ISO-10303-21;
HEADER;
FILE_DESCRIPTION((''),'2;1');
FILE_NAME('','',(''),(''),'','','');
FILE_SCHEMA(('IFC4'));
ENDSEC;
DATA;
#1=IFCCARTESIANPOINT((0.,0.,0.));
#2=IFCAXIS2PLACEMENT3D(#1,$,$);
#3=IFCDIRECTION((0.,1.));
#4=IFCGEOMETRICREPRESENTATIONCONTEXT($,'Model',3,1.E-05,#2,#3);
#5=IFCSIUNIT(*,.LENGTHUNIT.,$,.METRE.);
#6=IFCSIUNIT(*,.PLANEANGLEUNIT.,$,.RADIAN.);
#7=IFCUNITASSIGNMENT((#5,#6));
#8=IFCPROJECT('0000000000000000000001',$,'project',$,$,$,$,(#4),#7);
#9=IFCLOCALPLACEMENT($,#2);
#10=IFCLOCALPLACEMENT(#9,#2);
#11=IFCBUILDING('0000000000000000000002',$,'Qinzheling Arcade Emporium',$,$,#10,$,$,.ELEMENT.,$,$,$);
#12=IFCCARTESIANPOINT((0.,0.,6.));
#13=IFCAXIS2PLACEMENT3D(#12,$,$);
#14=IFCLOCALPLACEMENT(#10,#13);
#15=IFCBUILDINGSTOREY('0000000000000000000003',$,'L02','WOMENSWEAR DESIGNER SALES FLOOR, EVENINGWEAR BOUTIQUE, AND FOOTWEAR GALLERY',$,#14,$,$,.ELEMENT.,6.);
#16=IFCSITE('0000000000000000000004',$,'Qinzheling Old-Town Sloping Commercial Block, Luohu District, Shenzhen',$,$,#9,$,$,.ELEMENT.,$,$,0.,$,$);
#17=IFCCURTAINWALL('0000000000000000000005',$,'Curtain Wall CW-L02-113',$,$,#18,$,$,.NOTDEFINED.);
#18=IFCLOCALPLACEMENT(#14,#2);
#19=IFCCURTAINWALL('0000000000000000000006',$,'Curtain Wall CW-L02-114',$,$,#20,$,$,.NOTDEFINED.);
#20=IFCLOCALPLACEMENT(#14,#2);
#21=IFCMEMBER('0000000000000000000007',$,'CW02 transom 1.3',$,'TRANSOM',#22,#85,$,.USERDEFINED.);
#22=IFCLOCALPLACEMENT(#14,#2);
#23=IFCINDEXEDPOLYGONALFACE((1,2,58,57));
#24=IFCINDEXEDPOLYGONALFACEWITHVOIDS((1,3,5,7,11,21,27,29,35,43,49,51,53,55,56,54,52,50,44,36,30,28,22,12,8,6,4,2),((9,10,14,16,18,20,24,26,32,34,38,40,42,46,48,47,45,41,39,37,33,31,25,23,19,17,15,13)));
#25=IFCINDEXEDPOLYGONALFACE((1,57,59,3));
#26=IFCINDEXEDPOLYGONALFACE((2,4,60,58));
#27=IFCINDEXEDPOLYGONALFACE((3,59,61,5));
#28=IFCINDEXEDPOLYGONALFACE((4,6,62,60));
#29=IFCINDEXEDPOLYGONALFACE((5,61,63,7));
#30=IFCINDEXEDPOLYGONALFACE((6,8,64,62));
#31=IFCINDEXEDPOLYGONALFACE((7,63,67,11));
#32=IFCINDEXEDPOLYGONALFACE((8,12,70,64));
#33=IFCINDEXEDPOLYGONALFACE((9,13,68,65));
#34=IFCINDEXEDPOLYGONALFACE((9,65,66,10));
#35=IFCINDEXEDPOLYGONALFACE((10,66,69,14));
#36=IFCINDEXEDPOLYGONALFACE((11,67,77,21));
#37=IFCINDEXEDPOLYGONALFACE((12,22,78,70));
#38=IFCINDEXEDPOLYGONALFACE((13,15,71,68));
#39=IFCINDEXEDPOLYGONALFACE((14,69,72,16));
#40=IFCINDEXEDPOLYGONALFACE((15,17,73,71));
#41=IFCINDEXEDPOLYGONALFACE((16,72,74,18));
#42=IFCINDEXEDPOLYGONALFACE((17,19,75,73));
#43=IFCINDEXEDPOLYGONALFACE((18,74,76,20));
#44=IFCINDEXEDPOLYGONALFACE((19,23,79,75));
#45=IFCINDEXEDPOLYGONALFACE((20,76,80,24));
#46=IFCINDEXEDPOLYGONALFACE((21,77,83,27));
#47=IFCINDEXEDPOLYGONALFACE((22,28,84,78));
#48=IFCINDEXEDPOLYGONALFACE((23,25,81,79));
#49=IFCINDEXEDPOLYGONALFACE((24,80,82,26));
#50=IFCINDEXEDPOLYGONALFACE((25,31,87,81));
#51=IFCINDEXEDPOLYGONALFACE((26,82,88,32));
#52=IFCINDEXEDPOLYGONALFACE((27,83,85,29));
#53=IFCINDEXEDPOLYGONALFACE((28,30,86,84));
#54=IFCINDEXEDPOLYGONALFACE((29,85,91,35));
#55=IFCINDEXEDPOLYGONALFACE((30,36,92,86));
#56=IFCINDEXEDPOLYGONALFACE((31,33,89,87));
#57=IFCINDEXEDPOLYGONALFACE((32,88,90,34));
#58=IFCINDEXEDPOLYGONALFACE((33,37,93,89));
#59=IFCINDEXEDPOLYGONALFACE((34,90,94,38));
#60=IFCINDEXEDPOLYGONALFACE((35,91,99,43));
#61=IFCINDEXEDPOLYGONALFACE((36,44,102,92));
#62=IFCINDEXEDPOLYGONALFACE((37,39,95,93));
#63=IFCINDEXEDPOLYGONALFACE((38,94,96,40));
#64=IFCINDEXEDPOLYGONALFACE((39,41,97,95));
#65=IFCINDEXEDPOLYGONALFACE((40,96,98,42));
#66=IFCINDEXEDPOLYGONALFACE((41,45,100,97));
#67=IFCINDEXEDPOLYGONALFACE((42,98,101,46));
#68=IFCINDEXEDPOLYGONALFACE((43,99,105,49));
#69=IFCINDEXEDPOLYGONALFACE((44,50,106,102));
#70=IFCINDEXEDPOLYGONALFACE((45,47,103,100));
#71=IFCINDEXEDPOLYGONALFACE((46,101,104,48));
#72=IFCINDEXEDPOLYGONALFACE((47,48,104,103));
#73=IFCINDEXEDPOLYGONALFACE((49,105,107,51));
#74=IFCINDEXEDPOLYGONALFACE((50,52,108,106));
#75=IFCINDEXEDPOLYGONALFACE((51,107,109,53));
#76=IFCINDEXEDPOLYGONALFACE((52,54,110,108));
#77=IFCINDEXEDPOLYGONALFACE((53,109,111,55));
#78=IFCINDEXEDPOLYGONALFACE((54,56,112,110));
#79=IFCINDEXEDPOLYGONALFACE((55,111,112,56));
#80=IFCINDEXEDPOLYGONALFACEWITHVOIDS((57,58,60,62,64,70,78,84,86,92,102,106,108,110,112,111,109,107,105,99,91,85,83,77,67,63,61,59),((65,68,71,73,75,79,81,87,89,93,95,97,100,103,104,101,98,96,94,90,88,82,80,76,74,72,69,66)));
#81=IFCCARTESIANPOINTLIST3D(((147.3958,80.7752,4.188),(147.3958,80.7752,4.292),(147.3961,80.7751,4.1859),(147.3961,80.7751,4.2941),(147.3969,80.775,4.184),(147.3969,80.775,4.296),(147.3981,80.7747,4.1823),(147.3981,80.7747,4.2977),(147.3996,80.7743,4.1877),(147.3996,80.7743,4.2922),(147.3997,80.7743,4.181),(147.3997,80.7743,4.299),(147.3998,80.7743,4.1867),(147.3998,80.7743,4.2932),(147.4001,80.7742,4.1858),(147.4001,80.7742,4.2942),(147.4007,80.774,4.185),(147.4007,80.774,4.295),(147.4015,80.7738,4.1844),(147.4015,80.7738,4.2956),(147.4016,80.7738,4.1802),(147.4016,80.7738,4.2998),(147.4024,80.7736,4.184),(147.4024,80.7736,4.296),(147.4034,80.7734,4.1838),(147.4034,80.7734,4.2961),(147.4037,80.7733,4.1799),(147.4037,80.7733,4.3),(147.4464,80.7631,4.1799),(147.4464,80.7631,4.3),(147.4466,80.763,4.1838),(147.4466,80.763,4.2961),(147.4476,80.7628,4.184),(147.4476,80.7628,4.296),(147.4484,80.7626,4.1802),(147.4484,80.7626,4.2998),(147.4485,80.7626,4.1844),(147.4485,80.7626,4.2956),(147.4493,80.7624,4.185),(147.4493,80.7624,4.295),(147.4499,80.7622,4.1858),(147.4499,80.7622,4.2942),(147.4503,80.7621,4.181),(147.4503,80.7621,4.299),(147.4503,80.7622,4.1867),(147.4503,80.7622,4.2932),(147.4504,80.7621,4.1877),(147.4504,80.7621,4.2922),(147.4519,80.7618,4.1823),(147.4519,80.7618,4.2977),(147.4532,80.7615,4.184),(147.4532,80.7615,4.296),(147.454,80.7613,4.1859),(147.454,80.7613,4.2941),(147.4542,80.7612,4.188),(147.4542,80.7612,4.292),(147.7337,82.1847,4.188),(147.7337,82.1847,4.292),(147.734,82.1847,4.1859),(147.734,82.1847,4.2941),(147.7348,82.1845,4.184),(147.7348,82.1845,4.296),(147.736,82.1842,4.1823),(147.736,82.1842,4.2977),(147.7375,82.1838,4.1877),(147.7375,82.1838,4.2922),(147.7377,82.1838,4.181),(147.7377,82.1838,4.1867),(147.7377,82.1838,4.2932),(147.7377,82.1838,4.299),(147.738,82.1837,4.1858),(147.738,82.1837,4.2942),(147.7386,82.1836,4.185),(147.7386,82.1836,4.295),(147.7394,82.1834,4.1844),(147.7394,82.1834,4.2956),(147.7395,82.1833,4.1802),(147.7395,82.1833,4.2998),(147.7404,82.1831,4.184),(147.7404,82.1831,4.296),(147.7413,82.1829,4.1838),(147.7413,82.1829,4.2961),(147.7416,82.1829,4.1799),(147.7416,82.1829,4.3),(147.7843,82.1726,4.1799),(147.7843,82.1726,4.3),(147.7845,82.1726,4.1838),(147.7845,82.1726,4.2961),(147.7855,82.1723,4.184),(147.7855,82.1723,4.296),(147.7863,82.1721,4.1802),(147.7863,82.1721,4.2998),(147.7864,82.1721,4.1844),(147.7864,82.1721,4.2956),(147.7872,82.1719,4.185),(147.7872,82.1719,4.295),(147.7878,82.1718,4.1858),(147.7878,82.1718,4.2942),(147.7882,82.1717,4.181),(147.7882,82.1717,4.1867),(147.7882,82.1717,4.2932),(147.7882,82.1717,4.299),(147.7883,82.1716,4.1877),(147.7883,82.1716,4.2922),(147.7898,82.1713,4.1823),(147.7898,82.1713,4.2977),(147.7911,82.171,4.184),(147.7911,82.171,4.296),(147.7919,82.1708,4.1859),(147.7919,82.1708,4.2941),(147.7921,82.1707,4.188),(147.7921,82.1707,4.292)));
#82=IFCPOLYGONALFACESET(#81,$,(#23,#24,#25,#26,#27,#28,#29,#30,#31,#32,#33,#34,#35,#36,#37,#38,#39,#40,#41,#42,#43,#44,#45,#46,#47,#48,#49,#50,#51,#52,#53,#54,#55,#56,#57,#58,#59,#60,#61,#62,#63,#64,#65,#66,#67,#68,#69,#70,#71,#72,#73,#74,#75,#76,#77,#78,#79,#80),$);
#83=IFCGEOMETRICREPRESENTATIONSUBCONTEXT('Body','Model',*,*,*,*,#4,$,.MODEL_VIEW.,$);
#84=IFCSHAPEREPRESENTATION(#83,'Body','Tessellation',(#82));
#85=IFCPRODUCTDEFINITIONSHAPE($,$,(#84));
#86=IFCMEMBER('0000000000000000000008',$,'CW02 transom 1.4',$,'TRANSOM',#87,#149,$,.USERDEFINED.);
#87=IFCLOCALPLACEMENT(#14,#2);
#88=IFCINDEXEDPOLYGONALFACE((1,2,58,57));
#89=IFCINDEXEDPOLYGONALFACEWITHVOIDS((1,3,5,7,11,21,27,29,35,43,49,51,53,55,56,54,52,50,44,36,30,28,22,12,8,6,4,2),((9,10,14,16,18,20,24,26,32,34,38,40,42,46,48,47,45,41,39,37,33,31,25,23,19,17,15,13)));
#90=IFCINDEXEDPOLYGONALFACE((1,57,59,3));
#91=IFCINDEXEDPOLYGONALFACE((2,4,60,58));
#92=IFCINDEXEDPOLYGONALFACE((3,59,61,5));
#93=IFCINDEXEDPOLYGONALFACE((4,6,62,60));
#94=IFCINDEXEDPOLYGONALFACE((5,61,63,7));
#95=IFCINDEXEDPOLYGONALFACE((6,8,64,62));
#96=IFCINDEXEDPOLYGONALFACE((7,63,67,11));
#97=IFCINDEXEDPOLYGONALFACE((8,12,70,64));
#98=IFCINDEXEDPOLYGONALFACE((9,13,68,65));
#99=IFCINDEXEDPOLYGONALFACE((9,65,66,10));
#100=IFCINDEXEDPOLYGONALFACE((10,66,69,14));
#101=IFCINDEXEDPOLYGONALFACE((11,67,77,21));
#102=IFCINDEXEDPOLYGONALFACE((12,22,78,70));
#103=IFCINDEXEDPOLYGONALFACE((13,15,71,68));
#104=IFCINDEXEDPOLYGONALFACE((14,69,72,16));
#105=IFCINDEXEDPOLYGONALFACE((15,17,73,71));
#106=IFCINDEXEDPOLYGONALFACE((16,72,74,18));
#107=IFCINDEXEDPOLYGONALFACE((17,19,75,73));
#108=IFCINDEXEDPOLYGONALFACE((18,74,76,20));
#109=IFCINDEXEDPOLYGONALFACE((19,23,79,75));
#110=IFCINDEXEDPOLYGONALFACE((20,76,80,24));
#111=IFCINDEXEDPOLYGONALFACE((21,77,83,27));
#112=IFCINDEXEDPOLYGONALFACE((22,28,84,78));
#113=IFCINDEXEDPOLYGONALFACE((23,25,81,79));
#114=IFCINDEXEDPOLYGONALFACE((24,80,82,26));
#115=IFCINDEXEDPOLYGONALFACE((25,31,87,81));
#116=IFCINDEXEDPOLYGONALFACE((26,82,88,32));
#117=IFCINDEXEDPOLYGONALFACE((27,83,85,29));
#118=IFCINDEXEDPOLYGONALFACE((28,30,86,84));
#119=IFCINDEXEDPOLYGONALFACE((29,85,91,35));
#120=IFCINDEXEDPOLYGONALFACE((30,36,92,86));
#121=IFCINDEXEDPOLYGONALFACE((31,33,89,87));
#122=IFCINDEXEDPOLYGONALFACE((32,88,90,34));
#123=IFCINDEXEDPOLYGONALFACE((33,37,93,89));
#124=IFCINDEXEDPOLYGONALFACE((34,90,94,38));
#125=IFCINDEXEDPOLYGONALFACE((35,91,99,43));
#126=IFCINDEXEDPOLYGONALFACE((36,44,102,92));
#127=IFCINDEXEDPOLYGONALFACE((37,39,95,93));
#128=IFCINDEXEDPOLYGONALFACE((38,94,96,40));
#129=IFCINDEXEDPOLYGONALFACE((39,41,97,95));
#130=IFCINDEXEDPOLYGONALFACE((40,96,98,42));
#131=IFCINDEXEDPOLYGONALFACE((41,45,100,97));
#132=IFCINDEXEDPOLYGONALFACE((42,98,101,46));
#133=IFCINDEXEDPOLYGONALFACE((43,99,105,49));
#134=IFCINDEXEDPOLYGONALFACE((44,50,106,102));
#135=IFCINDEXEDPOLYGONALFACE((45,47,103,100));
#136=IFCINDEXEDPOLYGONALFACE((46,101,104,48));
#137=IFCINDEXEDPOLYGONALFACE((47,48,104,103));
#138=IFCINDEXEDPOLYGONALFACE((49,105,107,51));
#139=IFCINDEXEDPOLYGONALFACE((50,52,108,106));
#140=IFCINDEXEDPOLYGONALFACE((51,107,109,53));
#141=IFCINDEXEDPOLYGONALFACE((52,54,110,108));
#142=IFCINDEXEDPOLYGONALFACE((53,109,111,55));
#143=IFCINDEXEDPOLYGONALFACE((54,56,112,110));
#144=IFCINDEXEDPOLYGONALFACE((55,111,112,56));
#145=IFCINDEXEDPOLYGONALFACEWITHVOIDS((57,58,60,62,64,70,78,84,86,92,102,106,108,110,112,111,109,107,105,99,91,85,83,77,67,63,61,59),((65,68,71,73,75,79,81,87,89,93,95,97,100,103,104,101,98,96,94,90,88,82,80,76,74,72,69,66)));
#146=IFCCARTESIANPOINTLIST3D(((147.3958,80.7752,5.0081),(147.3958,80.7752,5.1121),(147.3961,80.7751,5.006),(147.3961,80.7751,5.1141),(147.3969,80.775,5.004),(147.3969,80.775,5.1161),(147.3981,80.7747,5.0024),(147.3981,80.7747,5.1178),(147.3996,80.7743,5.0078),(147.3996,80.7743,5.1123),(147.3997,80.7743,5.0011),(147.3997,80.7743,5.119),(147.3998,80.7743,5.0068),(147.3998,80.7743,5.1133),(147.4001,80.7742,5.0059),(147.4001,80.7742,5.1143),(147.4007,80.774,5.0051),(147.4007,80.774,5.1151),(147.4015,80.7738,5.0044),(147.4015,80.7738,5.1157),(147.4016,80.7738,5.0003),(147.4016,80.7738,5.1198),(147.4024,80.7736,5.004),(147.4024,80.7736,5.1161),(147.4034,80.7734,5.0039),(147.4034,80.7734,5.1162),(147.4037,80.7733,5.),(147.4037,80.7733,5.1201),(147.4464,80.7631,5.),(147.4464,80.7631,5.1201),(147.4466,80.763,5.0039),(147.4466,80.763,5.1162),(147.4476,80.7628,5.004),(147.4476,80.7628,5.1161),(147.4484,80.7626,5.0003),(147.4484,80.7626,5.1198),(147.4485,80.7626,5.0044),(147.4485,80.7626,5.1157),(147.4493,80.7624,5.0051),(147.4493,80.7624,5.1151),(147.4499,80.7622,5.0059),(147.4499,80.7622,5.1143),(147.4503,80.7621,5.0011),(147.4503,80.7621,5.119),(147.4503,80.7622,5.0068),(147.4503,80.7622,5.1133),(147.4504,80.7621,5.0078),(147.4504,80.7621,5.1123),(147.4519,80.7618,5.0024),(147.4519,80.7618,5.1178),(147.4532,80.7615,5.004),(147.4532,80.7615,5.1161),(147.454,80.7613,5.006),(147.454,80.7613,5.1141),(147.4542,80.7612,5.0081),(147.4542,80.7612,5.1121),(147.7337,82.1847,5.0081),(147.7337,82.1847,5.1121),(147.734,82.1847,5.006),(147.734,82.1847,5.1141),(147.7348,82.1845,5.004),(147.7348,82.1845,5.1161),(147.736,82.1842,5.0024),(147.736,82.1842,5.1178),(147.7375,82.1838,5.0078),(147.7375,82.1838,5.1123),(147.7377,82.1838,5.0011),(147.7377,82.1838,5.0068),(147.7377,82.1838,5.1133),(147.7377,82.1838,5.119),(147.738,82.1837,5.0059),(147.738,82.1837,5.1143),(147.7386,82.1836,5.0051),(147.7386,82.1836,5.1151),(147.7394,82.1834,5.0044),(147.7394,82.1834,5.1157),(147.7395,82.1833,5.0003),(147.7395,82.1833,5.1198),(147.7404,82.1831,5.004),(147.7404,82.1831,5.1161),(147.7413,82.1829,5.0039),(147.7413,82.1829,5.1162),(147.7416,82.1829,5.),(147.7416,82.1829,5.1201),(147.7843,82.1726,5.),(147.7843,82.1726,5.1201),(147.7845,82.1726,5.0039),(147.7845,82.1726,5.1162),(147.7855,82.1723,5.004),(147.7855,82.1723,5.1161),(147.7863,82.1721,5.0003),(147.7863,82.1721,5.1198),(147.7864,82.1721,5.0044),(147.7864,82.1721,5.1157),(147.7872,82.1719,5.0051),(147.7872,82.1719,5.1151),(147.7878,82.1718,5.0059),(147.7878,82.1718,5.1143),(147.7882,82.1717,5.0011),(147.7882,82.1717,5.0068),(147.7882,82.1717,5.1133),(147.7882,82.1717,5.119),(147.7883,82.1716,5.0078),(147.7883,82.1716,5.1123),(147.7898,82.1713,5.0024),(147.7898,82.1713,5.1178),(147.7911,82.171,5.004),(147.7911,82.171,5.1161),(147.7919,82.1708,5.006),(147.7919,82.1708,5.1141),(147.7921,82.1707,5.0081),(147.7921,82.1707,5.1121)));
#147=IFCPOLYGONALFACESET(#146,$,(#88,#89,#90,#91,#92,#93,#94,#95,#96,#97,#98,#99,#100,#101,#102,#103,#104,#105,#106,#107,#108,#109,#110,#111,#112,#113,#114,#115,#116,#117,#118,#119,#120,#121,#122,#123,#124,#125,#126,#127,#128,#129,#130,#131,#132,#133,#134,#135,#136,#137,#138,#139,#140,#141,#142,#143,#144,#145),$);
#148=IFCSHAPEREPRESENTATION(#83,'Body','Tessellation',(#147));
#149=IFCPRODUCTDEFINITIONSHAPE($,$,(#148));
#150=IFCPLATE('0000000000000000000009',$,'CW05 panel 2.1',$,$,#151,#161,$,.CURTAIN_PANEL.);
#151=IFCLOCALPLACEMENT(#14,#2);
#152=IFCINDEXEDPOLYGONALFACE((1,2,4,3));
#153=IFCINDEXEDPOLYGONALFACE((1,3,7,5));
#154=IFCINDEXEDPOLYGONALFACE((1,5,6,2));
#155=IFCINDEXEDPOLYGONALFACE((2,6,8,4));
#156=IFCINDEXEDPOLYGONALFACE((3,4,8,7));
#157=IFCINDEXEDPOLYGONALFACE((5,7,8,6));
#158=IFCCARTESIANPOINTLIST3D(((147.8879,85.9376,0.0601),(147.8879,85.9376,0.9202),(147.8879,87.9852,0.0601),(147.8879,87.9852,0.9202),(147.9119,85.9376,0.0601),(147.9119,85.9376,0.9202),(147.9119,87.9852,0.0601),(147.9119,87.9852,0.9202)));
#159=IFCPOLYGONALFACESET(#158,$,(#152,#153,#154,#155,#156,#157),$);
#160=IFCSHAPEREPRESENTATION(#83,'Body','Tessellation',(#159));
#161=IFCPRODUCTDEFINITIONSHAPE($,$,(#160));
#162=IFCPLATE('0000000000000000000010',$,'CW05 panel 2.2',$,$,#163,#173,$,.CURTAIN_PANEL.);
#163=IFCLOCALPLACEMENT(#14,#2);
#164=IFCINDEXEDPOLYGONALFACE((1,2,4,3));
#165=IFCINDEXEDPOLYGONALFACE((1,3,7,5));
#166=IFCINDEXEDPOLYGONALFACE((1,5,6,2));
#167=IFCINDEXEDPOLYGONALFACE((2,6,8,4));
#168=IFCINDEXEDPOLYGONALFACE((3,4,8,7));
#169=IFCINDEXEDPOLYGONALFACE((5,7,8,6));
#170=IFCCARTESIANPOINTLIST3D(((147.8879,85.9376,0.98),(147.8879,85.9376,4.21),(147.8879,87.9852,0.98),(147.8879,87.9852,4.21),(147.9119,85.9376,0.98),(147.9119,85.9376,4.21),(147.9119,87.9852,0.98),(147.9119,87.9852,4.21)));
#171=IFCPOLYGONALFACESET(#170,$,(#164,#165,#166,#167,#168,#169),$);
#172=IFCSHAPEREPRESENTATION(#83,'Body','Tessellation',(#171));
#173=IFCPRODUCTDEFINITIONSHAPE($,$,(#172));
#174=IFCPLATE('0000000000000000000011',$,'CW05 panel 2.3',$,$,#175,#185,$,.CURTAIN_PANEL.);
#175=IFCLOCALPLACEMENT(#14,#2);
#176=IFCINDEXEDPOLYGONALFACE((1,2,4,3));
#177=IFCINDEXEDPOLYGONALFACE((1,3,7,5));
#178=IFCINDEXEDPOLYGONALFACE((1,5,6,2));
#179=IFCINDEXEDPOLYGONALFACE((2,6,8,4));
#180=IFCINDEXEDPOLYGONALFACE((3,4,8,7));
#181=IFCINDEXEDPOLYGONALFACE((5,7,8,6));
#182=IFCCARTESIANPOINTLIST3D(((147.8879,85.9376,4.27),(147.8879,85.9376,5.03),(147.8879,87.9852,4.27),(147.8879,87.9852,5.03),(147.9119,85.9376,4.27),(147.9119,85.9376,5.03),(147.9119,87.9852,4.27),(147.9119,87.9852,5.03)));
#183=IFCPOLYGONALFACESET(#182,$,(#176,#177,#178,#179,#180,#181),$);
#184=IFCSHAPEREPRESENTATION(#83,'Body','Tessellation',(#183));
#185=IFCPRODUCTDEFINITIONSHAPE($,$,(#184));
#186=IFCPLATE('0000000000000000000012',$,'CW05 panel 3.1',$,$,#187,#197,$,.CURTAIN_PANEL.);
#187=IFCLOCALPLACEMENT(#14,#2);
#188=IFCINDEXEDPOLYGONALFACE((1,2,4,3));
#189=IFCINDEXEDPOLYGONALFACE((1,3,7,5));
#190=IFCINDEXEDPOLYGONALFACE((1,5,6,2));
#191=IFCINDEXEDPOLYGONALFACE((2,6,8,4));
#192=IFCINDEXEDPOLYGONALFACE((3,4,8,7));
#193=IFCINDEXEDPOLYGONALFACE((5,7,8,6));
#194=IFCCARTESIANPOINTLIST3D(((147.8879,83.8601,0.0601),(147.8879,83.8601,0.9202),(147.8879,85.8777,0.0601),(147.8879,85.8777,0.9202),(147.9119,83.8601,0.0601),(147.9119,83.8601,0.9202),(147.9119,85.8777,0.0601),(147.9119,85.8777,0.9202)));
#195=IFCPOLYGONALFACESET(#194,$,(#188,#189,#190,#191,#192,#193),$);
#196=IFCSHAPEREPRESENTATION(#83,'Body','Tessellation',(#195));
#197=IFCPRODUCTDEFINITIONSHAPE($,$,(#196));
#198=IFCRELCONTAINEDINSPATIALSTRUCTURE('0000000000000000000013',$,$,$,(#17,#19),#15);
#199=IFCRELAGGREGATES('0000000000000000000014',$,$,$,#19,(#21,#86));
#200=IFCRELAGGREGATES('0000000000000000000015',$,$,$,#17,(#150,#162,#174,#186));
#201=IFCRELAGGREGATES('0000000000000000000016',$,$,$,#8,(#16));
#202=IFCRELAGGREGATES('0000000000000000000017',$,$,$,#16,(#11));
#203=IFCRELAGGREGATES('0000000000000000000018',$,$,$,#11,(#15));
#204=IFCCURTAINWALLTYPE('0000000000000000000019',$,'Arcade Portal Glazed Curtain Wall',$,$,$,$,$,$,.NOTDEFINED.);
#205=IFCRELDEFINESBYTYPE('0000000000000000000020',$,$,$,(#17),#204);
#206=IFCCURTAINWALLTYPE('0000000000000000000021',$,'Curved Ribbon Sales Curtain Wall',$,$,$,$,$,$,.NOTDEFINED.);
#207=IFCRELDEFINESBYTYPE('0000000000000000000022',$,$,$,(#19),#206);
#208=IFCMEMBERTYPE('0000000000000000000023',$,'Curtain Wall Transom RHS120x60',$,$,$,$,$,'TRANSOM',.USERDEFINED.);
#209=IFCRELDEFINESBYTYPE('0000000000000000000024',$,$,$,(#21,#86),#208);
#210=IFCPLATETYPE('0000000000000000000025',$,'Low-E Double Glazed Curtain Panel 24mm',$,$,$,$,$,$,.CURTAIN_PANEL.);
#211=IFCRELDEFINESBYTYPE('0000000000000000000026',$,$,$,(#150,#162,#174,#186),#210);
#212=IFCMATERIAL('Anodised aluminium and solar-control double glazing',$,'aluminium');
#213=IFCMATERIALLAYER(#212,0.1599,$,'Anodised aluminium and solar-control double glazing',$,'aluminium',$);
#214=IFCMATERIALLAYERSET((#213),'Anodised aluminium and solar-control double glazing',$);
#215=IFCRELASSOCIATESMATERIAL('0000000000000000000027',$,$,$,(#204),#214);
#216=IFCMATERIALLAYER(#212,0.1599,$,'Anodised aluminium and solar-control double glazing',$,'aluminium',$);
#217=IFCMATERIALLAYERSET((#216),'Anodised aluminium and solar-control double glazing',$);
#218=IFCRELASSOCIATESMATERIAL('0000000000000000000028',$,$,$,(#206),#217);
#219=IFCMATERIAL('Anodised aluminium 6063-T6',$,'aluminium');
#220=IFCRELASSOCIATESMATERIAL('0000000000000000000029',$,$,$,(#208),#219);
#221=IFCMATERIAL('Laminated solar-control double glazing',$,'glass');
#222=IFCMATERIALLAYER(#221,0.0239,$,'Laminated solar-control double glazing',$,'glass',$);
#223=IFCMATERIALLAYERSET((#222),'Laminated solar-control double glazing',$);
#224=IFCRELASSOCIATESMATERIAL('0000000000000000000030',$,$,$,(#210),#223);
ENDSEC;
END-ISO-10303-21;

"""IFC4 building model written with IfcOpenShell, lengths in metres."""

from ifc_helpers import new_model, si_unit, direction, frame, origin, origin_2d, place, context, subcontext, project, spatial, rectangle, hollow_rectangle, extrude, material, layer, layer_set, material_profile, profile_set, type_object, element, aggregate, save


model = new_model("IFC4")

# Units and contexts
model_context = context("Model", 3, precision=1e-05, world=origin(), true_north=direction((0.0, 1.0)))
body_context = subcontext(model_context, "Body", "Model", "MODEL_VIEW")
ifc_project = project(units=[si_unit("LENGTHUNIT", "METRE"), si_unit("PLANEANGLEUNIT", "RADIAN")], contexts=[model_context])

# Site, building, storey
site_placement = place(None, origin())
site = spatial("IfcSite", under=ifc_project, at=site_placement, Name="Qinzheling Old-Town Sloping Commercial Block, Luohu District, Shenzhen", CompositionType="ELEMENT", RefElevation=0.0)
building_placement = place(site_placement, origin())
building = spatial("IfcBuilding", under=site, at=building_placement, Name="Qinzheling Arcade Emporium", CompositionType="ELEMENT")
storey_placement = place(building_placement, frame((0.0, 0.0, 6.0)))
storey = spatial("IfcBuildingStorey", under=building, at=storey_placement, Name="L02", Description="WOMENSWEAR DESIGNER SALES FLOOR, EVENINGWEAR BOUTIQUE, AND FOOTWEAR GALLERY", CompositionType="ELEMENT", Elevation=6.0)

# Curtain wall
ifc_material_1 = material(Name="Anodised aluminium and solar-control double glazing", Category="aluminium")
ifc_layer_1 = layer(ifc_material_1, 0.1599, Name="Anodised aluminium and solar-control double glazing", Category="aluminium")
ifc_layer_set_1 = layer_set([ifc_layer_1], Name="Anodised aluminium and solar-control double glazing")
curtain_wall_type_1 = type_object("IfcCurtainWallType", Name="Arcade Portal Glazed Curtain Wall", PredefinedType="NOTDEFINED", material=ifc_layer_set_1)
curtain_wall_1_placement = place(storey_placement, origin())
curtain_wall_1 = element("IfcCurtainWall", 1, at=curtain_wall_1_placement, inside=storey, type_object=curtain_wall_type_1, Name="Curtain Wall CW-L02-113", PredefinedType="NOTDEFINED")
ifc_material_2 = material(Name="Anodised aluminium 6063-T6", Category="aluminium")

# Curtain wall
ifc_layer_2 = layer(ifc_material_1, 0.1599, Name="Anodised aluminium and solar-control double glazing", Category="aluminium")
ifc_layer_set_2 = layer_set([ifc_layer_2], Name="Anodised aluminium and solar-control double glazing")
curtain_wall_type_2 = type_object("IfcCurtainWallType", Name="Curved Ribbon Sales Curtain Wall", PredefinedType="NOTDEFINED", material=ifc_layer_set_2)
curtain_wall_2_placement = place(storey_placement, origin())
curtain_wall_2 = element("IfcCurtainWall", 2, at=curtain_wall_2_placement, inside=storey, type_object=curtain_wall_type_2, Name="Curtain Wall CW-L02-114", PredefinedType="NOTDEFINED")

# Members
ifc_material_profile_1 = material_profile(ifc_material_2, hollow_rectangle(XDim=0.0601, YDim=0.1201, WallThickness=0.0039, InnerFilletRadius=0.0039, OuterFilletRadius=0.0081, at=origin_2d()), Name="RHS 120x60x4", Category="aluminium")
ifc_profile_set_1 = profile_set([ifc_material_profile_1], Name="Anodised aluminium 6063-T6")
member_type_1 = type_object("IfcMemberType", Name="Curtain Wall Transom RHS120x60", ElementType="TRANSOM", PredefinedType="USERDEFINED", material=ifc_profile_set_1)
member_1_placement = place(storey_placement, frame((147.7629, 82.1777, 4.24), z_axis=(-0.233131, -0.972445, 0.0), x_axis=(0.972445, -0.233131, 0.0)))
member_1 = element("IfcMember", 3, at=member_1_placement, type_object=member_type_1, Name="CW02 transom 1.3", ObjectType="TRANSOM", PredefinedType="USERDEFINED", context=body_context, shape_type="SweptSolid", body=[
    extrude(hollow_rectangle(XDim=0.0601, YDim=0.1201, WallThickness=0.0039, InnerFilletRadius=0.0039, OuterFilletRadius=0.0081, at=origin_2d()), origin(), (0.0, 0.0, 1.0), 1.4495),
])
member_2_placement = place(storey_placement, frame((147.7629, 82.1777, 5.0601), z_axis=(-0.233131, -0.972445, 0.0), x_axis=(0.972445, -0.233131, 0.0)))
member_2 = element("IfcMember", 4, at=member_2_placement, type_object=member_type_1, Name="CW02 transom 1.4", ObjectType="TRANSOM", PredefinedType="USERDEFINED", context=body_context, shape_type="SweptSolid", body=[
    extrude(hollow_rectangle(XDim=0.0601, YDim=0.1201, WallThickness=0.0039, InnerFilletRadius=0.0039, OuterFilletRadius=0.0081, at=origin_2d()), origin(), (0.0, 0.0, 1.0), 1.4495),
])
aggregate(curtain_wall_2, [member_1, member_2])

# Plates
ifc_material_3 = material(Name="Laminated solar-control double glazing", Category="glass")
ifc_layer_3 = layer(ifc_material_3, 0.0239, Name="Laminated solar-control double glazing", Category="glass")
ifc_layer_set_3 = layer_set([ifc_layer_3], Name="Laminated solar-control double glazing")
plate_type = type_object("IfcPlateType", Name="Low-E Double Glazed Curtain Panel 24mm", PredefinedType="CURTAIN_PANEL", material=ifc_layer_set_3)
plate_1_placement = place(storey_placement, frame((147.8999, 86.9614, 0.0601), z_axis=(0.0, 0.0, 1.0), x_axis=(0.0, -1.0, 0.0)))
plate_1 = element("IfcPlate", 5, at=plate_1_placement, type_object=plate_type, Name="CW05 panel 2.1", PredefinedType="CURTAIN_PANEL", context=body_context, shape_type="SweptSolid", body=[
    extrude(rectangle(XDim=2.0476, YDim=0.0239, at=origin_2d()), origin(), (0.0, 0.0, 1.0), 0.8601),
])
plate_2_placement = place(storey_placement, frame((147.8999, 86.9614, 0.98), z_axis=(0.0, 0.0, 1.0), x_axis=(0.0, -1.0, 0.0)))
plate_2 = element("IfcPlate", 6, at=plate_2_placement, type_object=plate_type, Name="CW05 panel 2.2", PredefinedType="CURTAIN_PANEL", context=body_context, shape_type="SweptSolid", body=[
    extrude(rectangle(XDim=2.0476, YDim=0.0239, at=origin_2d()), origin(), (0.0, 0.0, 1.0), 3.23),
])
plate_3_placement = place(storey_placement, frame((147.8999, 86.9614, 4.27), z_axis=(0.0, 0.0, 1.0), x_axis=(0.0, -1.0, 0.0)))
plate_3 = element("IfcPlate", 7, at=plate_3_placement, type_object=plate_type, Name="CW05 panel 2.3", PredefinedType="CURTAIN_PANEL", context=body_context, shape_type="SweptSolid", body=[
    extrude(rectangle(XDim=2.0476, YDim=0.0239, at=origin_2d()), origin(), (0.0, 0.0, 1.0), 0.76),
])
plate_4_placement = place(storey_placement, frame((147.8999, 84.8689, 0.0601), z_axis=(0.0, 0.0, 1.0), x_axis=(0.0, -1.0, 0.0)))
plate_4 = element("IfcPlate", 8, at=plate_4_placement, type_object=plate_type, Name="CW05 panel 3.1", PredefinedType="CURTAIN_PANEL", context=body_context, shape_type="SweptSolid", body=[
    extrude(rectangle(XDim=2.0176, YDim=0.0239, at=origin_2d()), origin(), (0.0, 0.0, 1.0), 0.8601),
])
aggregate(curtain_wall_1, [plate_1, plate_2, plate_3, plate_4])

save(model, "model.ifc")
